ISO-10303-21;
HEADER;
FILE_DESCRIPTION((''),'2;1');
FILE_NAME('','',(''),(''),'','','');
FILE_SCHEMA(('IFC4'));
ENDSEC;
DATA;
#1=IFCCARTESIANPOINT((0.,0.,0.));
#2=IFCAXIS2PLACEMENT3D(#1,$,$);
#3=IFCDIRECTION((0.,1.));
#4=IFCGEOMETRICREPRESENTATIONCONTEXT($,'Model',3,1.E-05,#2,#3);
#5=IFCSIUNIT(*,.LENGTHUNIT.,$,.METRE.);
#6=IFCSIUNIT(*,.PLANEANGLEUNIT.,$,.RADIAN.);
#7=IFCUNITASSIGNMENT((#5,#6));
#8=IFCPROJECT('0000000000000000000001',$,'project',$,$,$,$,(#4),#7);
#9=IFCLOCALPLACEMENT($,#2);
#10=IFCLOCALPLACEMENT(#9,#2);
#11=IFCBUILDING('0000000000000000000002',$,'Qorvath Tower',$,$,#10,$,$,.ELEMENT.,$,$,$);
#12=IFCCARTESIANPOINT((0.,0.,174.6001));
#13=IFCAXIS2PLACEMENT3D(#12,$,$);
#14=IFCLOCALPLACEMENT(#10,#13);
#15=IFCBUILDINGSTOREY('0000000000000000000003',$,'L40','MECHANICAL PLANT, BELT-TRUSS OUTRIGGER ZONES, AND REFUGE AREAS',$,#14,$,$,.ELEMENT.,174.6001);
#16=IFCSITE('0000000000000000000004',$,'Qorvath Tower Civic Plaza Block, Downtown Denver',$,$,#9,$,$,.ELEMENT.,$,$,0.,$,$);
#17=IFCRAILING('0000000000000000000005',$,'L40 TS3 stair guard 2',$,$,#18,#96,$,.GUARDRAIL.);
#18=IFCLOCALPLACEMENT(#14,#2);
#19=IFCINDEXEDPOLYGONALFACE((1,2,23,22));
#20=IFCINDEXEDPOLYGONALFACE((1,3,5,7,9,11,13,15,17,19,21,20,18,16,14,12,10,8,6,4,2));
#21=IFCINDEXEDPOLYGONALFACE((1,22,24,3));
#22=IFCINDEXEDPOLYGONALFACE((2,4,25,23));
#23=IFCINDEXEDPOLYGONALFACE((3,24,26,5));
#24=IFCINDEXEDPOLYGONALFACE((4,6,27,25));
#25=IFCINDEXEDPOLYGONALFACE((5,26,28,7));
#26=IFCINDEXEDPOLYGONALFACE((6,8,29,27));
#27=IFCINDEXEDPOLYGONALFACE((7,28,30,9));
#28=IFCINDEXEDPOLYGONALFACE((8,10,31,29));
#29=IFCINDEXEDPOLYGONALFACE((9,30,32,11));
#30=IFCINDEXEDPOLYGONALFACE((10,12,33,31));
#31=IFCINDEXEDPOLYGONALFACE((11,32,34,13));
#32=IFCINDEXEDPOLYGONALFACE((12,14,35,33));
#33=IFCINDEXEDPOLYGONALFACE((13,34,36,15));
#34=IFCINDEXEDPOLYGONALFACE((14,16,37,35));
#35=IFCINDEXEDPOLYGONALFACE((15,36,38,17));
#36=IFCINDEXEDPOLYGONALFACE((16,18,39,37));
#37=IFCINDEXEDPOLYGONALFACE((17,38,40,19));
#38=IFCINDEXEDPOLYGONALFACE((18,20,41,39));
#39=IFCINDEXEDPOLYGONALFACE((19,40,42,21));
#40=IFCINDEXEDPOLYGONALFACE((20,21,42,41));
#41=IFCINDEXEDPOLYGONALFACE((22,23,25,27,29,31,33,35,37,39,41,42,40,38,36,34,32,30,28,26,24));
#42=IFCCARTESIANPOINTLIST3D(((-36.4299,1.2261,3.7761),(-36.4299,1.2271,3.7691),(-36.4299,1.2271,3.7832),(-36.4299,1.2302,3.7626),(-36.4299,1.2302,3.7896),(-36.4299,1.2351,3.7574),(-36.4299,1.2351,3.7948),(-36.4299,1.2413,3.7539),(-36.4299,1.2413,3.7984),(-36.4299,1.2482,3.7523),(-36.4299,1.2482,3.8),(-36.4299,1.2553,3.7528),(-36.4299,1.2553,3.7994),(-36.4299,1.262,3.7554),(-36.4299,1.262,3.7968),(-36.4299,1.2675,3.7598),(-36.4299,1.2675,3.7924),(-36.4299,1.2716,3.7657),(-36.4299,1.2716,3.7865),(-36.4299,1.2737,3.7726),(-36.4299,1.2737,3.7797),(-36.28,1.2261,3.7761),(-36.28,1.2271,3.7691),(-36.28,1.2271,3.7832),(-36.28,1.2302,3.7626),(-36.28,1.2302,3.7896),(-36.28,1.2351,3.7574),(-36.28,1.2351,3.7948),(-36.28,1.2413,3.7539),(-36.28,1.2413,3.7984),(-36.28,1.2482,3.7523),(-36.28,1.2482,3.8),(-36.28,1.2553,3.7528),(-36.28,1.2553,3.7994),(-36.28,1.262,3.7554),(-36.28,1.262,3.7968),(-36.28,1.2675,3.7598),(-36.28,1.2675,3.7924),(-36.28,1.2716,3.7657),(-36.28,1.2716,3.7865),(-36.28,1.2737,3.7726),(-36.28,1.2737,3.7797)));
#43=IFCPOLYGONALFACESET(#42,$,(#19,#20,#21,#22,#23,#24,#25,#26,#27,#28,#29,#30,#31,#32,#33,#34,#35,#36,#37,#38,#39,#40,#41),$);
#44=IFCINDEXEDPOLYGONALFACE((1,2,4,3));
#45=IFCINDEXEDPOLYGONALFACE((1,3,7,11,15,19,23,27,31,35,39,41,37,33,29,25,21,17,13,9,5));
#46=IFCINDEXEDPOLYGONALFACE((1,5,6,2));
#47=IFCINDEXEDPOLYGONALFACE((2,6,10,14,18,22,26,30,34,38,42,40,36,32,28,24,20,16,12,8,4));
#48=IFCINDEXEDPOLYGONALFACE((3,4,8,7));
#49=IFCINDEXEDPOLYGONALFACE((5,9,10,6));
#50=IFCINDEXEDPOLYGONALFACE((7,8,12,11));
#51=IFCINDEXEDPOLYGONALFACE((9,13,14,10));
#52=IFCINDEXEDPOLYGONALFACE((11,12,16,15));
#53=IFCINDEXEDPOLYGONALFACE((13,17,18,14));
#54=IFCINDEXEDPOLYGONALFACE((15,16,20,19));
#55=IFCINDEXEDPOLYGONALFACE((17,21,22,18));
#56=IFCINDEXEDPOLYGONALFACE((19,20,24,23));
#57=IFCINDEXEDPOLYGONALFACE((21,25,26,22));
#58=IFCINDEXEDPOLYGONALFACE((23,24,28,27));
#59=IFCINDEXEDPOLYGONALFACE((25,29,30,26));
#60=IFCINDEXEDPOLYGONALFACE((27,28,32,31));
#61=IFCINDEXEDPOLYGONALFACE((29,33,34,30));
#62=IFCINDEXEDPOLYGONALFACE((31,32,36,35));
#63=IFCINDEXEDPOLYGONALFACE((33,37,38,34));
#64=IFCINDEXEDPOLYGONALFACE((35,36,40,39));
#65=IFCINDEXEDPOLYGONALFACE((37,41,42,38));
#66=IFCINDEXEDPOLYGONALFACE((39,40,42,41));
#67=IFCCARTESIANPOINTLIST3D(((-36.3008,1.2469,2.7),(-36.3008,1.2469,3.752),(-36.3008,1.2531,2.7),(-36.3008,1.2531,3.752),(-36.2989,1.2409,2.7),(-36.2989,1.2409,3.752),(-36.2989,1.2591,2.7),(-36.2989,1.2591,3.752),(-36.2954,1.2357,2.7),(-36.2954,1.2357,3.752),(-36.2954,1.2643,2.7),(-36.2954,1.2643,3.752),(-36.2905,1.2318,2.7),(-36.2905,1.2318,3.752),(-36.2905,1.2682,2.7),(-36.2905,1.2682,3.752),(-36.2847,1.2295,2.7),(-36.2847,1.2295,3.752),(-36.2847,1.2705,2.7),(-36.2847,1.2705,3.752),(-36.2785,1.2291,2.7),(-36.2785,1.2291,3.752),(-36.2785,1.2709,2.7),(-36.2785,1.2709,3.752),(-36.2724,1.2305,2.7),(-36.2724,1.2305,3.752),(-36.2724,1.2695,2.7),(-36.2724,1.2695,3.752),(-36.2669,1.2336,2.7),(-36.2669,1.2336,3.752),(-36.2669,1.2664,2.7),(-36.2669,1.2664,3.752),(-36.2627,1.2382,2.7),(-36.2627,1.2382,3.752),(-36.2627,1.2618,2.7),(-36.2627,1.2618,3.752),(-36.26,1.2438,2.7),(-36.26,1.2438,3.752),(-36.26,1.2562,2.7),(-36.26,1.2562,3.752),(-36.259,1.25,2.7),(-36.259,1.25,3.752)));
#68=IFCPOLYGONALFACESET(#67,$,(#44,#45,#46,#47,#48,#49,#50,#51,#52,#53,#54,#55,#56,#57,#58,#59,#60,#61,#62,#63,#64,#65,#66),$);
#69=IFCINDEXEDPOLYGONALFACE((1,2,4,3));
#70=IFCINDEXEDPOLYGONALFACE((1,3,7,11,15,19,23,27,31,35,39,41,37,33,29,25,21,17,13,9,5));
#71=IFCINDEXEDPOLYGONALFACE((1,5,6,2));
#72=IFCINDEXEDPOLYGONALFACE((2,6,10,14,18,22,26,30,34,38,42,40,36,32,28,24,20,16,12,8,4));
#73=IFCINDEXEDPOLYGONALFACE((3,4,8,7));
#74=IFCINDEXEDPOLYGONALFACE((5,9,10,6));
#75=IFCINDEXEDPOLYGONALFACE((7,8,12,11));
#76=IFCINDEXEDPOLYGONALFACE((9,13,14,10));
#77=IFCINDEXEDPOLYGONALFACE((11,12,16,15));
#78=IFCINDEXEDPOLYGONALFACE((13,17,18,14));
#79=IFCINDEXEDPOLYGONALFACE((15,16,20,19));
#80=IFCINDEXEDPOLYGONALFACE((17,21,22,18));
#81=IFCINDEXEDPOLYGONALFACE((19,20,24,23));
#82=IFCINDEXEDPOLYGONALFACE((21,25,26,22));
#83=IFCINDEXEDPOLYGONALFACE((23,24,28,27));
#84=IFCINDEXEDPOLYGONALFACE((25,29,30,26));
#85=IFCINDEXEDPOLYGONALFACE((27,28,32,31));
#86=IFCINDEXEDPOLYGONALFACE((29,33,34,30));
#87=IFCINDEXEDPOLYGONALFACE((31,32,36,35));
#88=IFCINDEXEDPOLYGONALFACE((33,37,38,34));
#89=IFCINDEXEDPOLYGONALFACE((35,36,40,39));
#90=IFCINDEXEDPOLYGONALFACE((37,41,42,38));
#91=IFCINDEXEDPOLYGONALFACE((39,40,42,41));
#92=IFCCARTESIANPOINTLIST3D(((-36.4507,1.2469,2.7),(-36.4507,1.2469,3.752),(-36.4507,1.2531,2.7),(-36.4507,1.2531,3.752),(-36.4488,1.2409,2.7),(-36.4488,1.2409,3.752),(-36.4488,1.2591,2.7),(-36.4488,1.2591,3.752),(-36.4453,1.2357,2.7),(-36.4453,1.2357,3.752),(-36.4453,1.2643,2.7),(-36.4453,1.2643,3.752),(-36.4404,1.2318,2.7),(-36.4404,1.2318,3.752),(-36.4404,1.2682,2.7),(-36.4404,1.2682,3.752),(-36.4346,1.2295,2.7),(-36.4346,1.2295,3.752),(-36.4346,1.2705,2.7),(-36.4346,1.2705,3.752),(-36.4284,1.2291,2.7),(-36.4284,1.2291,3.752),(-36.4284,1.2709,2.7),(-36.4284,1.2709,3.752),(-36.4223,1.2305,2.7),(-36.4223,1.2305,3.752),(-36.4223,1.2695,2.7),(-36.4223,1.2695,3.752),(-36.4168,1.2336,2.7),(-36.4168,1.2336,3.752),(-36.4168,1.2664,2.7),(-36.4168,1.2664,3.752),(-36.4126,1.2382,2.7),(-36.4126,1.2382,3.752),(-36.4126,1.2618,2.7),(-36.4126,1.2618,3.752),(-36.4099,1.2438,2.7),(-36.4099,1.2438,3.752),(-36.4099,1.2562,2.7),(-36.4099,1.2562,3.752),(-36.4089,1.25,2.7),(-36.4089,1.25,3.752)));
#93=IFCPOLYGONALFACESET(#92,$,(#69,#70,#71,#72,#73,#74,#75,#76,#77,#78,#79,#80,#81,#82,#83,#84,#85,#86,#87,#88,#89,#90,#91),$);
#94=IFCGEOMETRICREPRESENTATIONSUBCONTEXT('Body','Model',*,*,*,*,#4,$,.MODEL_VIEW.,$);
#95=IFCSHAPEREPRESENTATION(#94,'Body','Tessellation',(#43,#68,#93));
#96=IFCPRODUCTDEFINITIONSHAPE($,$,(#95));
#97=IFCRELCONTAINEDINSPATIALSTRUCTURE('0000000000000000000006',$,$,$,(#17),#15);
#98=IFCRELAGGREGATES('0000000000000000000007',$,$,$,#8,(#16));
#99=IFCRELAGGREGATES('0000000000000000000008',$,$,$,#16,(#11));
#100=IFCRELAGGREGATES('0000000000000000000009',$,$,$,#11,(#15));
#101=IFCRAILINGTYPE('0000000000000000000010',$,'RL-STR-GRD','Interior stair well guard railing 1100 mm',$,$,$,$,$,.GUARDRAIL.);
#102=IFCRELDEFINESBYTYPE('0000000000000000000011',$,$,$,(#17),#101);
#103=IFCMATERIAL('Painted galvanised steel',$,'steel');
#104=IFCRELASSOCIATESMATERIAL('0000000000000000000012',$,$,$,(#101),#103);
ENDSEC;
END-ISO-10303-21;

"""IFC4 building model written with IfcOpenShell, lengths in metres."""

from ifc_helpers import new_model, si_unit, direction, frame, origin, origin_2d, place, context, subcontext, project, spatial, circle, extrude, material, type_object, element, save


model = new_model("IFC4")

# Units and contexts
model_context = context("Model", 3, precision=1e-05, world=origin(), true_north=direction((0.0, 1.0)))
body_context = subcontext(model_context, "Body", "Model", "MODEL_VIEW")
ifc_project = project(units=[si_unit("LENGTHUNIT", "METRE"), si_unit("PLANEANGLEUNIT", "RADIAN")], contexts=[model_context])

# Site, building, storey
site_placement = place(None, origin())
site = spatial("IfcSite", under=ifc_project, at=site_placement, Name="Qorvath Tower Civic Plaza Block, Downtown Denver", CompositionType="ELEMENT", RefElevation=0.0)
building_placement = place(site_placement, origin())
building = spatial("IfcBuilding", under=site, at=building_placement, Name="Qorvath Tower", CompositionType="ELEMENT")
storey_placement = place(building_placement, frame((0.0, 0.0, 174.6001)))
storey = spatial("IfcBuildingStorey", under=building, at=storey_placement, Name="L40", Description="MECHANICAL PLANT, BELT-TRUSS OUTRIGGER ZONES, AND REFUGE AREAS", CompositionType="ELEMENT", Elevation=174.6001)

# Railing
ifc_material_1 = material(Name="Painted galvanised steel", Category="steel")
railing_type = type_object("IfcRailingType", Name="RL-STR-GRD", Description="Interior stair well guard railing 1100 mm", PredefinedType="GUARDRAIL", material=ifc_material_1)
railing_1_placement = place(storey_placement, frame((-36.28, 1.25, 2.7)))
element("IfcRailing", 1, at=railing_1_placement, inside=storey, type_object=railing_type, Name="L40 TS3 stair guard 2", PredefinedType="GUARDRAIL", context=body_context, shape_type="SweptSolid", body=[
    extrude(circle(Radius=0.0239, at=origin_2d()), frame((0.0, 0.0, 1.0762), z_axis=(-1.0, 0.0, 0.0), x_axis=(0.0, -1.0, 0.0)), (0.0, 0.0, 1.0), 0.1499),
    extrude(circle(Radius=0.021, at=origin_2d()), origin(), (0.0, 0.0, 1.0), 1.052),
    extrude(circle(Radius=0.021, at=origin_2d()), frame((-0.1499, 0.0, 0.0)), (0.0, 0.0, 1.0), 1.052),
])

save(model, "model.ifc")
